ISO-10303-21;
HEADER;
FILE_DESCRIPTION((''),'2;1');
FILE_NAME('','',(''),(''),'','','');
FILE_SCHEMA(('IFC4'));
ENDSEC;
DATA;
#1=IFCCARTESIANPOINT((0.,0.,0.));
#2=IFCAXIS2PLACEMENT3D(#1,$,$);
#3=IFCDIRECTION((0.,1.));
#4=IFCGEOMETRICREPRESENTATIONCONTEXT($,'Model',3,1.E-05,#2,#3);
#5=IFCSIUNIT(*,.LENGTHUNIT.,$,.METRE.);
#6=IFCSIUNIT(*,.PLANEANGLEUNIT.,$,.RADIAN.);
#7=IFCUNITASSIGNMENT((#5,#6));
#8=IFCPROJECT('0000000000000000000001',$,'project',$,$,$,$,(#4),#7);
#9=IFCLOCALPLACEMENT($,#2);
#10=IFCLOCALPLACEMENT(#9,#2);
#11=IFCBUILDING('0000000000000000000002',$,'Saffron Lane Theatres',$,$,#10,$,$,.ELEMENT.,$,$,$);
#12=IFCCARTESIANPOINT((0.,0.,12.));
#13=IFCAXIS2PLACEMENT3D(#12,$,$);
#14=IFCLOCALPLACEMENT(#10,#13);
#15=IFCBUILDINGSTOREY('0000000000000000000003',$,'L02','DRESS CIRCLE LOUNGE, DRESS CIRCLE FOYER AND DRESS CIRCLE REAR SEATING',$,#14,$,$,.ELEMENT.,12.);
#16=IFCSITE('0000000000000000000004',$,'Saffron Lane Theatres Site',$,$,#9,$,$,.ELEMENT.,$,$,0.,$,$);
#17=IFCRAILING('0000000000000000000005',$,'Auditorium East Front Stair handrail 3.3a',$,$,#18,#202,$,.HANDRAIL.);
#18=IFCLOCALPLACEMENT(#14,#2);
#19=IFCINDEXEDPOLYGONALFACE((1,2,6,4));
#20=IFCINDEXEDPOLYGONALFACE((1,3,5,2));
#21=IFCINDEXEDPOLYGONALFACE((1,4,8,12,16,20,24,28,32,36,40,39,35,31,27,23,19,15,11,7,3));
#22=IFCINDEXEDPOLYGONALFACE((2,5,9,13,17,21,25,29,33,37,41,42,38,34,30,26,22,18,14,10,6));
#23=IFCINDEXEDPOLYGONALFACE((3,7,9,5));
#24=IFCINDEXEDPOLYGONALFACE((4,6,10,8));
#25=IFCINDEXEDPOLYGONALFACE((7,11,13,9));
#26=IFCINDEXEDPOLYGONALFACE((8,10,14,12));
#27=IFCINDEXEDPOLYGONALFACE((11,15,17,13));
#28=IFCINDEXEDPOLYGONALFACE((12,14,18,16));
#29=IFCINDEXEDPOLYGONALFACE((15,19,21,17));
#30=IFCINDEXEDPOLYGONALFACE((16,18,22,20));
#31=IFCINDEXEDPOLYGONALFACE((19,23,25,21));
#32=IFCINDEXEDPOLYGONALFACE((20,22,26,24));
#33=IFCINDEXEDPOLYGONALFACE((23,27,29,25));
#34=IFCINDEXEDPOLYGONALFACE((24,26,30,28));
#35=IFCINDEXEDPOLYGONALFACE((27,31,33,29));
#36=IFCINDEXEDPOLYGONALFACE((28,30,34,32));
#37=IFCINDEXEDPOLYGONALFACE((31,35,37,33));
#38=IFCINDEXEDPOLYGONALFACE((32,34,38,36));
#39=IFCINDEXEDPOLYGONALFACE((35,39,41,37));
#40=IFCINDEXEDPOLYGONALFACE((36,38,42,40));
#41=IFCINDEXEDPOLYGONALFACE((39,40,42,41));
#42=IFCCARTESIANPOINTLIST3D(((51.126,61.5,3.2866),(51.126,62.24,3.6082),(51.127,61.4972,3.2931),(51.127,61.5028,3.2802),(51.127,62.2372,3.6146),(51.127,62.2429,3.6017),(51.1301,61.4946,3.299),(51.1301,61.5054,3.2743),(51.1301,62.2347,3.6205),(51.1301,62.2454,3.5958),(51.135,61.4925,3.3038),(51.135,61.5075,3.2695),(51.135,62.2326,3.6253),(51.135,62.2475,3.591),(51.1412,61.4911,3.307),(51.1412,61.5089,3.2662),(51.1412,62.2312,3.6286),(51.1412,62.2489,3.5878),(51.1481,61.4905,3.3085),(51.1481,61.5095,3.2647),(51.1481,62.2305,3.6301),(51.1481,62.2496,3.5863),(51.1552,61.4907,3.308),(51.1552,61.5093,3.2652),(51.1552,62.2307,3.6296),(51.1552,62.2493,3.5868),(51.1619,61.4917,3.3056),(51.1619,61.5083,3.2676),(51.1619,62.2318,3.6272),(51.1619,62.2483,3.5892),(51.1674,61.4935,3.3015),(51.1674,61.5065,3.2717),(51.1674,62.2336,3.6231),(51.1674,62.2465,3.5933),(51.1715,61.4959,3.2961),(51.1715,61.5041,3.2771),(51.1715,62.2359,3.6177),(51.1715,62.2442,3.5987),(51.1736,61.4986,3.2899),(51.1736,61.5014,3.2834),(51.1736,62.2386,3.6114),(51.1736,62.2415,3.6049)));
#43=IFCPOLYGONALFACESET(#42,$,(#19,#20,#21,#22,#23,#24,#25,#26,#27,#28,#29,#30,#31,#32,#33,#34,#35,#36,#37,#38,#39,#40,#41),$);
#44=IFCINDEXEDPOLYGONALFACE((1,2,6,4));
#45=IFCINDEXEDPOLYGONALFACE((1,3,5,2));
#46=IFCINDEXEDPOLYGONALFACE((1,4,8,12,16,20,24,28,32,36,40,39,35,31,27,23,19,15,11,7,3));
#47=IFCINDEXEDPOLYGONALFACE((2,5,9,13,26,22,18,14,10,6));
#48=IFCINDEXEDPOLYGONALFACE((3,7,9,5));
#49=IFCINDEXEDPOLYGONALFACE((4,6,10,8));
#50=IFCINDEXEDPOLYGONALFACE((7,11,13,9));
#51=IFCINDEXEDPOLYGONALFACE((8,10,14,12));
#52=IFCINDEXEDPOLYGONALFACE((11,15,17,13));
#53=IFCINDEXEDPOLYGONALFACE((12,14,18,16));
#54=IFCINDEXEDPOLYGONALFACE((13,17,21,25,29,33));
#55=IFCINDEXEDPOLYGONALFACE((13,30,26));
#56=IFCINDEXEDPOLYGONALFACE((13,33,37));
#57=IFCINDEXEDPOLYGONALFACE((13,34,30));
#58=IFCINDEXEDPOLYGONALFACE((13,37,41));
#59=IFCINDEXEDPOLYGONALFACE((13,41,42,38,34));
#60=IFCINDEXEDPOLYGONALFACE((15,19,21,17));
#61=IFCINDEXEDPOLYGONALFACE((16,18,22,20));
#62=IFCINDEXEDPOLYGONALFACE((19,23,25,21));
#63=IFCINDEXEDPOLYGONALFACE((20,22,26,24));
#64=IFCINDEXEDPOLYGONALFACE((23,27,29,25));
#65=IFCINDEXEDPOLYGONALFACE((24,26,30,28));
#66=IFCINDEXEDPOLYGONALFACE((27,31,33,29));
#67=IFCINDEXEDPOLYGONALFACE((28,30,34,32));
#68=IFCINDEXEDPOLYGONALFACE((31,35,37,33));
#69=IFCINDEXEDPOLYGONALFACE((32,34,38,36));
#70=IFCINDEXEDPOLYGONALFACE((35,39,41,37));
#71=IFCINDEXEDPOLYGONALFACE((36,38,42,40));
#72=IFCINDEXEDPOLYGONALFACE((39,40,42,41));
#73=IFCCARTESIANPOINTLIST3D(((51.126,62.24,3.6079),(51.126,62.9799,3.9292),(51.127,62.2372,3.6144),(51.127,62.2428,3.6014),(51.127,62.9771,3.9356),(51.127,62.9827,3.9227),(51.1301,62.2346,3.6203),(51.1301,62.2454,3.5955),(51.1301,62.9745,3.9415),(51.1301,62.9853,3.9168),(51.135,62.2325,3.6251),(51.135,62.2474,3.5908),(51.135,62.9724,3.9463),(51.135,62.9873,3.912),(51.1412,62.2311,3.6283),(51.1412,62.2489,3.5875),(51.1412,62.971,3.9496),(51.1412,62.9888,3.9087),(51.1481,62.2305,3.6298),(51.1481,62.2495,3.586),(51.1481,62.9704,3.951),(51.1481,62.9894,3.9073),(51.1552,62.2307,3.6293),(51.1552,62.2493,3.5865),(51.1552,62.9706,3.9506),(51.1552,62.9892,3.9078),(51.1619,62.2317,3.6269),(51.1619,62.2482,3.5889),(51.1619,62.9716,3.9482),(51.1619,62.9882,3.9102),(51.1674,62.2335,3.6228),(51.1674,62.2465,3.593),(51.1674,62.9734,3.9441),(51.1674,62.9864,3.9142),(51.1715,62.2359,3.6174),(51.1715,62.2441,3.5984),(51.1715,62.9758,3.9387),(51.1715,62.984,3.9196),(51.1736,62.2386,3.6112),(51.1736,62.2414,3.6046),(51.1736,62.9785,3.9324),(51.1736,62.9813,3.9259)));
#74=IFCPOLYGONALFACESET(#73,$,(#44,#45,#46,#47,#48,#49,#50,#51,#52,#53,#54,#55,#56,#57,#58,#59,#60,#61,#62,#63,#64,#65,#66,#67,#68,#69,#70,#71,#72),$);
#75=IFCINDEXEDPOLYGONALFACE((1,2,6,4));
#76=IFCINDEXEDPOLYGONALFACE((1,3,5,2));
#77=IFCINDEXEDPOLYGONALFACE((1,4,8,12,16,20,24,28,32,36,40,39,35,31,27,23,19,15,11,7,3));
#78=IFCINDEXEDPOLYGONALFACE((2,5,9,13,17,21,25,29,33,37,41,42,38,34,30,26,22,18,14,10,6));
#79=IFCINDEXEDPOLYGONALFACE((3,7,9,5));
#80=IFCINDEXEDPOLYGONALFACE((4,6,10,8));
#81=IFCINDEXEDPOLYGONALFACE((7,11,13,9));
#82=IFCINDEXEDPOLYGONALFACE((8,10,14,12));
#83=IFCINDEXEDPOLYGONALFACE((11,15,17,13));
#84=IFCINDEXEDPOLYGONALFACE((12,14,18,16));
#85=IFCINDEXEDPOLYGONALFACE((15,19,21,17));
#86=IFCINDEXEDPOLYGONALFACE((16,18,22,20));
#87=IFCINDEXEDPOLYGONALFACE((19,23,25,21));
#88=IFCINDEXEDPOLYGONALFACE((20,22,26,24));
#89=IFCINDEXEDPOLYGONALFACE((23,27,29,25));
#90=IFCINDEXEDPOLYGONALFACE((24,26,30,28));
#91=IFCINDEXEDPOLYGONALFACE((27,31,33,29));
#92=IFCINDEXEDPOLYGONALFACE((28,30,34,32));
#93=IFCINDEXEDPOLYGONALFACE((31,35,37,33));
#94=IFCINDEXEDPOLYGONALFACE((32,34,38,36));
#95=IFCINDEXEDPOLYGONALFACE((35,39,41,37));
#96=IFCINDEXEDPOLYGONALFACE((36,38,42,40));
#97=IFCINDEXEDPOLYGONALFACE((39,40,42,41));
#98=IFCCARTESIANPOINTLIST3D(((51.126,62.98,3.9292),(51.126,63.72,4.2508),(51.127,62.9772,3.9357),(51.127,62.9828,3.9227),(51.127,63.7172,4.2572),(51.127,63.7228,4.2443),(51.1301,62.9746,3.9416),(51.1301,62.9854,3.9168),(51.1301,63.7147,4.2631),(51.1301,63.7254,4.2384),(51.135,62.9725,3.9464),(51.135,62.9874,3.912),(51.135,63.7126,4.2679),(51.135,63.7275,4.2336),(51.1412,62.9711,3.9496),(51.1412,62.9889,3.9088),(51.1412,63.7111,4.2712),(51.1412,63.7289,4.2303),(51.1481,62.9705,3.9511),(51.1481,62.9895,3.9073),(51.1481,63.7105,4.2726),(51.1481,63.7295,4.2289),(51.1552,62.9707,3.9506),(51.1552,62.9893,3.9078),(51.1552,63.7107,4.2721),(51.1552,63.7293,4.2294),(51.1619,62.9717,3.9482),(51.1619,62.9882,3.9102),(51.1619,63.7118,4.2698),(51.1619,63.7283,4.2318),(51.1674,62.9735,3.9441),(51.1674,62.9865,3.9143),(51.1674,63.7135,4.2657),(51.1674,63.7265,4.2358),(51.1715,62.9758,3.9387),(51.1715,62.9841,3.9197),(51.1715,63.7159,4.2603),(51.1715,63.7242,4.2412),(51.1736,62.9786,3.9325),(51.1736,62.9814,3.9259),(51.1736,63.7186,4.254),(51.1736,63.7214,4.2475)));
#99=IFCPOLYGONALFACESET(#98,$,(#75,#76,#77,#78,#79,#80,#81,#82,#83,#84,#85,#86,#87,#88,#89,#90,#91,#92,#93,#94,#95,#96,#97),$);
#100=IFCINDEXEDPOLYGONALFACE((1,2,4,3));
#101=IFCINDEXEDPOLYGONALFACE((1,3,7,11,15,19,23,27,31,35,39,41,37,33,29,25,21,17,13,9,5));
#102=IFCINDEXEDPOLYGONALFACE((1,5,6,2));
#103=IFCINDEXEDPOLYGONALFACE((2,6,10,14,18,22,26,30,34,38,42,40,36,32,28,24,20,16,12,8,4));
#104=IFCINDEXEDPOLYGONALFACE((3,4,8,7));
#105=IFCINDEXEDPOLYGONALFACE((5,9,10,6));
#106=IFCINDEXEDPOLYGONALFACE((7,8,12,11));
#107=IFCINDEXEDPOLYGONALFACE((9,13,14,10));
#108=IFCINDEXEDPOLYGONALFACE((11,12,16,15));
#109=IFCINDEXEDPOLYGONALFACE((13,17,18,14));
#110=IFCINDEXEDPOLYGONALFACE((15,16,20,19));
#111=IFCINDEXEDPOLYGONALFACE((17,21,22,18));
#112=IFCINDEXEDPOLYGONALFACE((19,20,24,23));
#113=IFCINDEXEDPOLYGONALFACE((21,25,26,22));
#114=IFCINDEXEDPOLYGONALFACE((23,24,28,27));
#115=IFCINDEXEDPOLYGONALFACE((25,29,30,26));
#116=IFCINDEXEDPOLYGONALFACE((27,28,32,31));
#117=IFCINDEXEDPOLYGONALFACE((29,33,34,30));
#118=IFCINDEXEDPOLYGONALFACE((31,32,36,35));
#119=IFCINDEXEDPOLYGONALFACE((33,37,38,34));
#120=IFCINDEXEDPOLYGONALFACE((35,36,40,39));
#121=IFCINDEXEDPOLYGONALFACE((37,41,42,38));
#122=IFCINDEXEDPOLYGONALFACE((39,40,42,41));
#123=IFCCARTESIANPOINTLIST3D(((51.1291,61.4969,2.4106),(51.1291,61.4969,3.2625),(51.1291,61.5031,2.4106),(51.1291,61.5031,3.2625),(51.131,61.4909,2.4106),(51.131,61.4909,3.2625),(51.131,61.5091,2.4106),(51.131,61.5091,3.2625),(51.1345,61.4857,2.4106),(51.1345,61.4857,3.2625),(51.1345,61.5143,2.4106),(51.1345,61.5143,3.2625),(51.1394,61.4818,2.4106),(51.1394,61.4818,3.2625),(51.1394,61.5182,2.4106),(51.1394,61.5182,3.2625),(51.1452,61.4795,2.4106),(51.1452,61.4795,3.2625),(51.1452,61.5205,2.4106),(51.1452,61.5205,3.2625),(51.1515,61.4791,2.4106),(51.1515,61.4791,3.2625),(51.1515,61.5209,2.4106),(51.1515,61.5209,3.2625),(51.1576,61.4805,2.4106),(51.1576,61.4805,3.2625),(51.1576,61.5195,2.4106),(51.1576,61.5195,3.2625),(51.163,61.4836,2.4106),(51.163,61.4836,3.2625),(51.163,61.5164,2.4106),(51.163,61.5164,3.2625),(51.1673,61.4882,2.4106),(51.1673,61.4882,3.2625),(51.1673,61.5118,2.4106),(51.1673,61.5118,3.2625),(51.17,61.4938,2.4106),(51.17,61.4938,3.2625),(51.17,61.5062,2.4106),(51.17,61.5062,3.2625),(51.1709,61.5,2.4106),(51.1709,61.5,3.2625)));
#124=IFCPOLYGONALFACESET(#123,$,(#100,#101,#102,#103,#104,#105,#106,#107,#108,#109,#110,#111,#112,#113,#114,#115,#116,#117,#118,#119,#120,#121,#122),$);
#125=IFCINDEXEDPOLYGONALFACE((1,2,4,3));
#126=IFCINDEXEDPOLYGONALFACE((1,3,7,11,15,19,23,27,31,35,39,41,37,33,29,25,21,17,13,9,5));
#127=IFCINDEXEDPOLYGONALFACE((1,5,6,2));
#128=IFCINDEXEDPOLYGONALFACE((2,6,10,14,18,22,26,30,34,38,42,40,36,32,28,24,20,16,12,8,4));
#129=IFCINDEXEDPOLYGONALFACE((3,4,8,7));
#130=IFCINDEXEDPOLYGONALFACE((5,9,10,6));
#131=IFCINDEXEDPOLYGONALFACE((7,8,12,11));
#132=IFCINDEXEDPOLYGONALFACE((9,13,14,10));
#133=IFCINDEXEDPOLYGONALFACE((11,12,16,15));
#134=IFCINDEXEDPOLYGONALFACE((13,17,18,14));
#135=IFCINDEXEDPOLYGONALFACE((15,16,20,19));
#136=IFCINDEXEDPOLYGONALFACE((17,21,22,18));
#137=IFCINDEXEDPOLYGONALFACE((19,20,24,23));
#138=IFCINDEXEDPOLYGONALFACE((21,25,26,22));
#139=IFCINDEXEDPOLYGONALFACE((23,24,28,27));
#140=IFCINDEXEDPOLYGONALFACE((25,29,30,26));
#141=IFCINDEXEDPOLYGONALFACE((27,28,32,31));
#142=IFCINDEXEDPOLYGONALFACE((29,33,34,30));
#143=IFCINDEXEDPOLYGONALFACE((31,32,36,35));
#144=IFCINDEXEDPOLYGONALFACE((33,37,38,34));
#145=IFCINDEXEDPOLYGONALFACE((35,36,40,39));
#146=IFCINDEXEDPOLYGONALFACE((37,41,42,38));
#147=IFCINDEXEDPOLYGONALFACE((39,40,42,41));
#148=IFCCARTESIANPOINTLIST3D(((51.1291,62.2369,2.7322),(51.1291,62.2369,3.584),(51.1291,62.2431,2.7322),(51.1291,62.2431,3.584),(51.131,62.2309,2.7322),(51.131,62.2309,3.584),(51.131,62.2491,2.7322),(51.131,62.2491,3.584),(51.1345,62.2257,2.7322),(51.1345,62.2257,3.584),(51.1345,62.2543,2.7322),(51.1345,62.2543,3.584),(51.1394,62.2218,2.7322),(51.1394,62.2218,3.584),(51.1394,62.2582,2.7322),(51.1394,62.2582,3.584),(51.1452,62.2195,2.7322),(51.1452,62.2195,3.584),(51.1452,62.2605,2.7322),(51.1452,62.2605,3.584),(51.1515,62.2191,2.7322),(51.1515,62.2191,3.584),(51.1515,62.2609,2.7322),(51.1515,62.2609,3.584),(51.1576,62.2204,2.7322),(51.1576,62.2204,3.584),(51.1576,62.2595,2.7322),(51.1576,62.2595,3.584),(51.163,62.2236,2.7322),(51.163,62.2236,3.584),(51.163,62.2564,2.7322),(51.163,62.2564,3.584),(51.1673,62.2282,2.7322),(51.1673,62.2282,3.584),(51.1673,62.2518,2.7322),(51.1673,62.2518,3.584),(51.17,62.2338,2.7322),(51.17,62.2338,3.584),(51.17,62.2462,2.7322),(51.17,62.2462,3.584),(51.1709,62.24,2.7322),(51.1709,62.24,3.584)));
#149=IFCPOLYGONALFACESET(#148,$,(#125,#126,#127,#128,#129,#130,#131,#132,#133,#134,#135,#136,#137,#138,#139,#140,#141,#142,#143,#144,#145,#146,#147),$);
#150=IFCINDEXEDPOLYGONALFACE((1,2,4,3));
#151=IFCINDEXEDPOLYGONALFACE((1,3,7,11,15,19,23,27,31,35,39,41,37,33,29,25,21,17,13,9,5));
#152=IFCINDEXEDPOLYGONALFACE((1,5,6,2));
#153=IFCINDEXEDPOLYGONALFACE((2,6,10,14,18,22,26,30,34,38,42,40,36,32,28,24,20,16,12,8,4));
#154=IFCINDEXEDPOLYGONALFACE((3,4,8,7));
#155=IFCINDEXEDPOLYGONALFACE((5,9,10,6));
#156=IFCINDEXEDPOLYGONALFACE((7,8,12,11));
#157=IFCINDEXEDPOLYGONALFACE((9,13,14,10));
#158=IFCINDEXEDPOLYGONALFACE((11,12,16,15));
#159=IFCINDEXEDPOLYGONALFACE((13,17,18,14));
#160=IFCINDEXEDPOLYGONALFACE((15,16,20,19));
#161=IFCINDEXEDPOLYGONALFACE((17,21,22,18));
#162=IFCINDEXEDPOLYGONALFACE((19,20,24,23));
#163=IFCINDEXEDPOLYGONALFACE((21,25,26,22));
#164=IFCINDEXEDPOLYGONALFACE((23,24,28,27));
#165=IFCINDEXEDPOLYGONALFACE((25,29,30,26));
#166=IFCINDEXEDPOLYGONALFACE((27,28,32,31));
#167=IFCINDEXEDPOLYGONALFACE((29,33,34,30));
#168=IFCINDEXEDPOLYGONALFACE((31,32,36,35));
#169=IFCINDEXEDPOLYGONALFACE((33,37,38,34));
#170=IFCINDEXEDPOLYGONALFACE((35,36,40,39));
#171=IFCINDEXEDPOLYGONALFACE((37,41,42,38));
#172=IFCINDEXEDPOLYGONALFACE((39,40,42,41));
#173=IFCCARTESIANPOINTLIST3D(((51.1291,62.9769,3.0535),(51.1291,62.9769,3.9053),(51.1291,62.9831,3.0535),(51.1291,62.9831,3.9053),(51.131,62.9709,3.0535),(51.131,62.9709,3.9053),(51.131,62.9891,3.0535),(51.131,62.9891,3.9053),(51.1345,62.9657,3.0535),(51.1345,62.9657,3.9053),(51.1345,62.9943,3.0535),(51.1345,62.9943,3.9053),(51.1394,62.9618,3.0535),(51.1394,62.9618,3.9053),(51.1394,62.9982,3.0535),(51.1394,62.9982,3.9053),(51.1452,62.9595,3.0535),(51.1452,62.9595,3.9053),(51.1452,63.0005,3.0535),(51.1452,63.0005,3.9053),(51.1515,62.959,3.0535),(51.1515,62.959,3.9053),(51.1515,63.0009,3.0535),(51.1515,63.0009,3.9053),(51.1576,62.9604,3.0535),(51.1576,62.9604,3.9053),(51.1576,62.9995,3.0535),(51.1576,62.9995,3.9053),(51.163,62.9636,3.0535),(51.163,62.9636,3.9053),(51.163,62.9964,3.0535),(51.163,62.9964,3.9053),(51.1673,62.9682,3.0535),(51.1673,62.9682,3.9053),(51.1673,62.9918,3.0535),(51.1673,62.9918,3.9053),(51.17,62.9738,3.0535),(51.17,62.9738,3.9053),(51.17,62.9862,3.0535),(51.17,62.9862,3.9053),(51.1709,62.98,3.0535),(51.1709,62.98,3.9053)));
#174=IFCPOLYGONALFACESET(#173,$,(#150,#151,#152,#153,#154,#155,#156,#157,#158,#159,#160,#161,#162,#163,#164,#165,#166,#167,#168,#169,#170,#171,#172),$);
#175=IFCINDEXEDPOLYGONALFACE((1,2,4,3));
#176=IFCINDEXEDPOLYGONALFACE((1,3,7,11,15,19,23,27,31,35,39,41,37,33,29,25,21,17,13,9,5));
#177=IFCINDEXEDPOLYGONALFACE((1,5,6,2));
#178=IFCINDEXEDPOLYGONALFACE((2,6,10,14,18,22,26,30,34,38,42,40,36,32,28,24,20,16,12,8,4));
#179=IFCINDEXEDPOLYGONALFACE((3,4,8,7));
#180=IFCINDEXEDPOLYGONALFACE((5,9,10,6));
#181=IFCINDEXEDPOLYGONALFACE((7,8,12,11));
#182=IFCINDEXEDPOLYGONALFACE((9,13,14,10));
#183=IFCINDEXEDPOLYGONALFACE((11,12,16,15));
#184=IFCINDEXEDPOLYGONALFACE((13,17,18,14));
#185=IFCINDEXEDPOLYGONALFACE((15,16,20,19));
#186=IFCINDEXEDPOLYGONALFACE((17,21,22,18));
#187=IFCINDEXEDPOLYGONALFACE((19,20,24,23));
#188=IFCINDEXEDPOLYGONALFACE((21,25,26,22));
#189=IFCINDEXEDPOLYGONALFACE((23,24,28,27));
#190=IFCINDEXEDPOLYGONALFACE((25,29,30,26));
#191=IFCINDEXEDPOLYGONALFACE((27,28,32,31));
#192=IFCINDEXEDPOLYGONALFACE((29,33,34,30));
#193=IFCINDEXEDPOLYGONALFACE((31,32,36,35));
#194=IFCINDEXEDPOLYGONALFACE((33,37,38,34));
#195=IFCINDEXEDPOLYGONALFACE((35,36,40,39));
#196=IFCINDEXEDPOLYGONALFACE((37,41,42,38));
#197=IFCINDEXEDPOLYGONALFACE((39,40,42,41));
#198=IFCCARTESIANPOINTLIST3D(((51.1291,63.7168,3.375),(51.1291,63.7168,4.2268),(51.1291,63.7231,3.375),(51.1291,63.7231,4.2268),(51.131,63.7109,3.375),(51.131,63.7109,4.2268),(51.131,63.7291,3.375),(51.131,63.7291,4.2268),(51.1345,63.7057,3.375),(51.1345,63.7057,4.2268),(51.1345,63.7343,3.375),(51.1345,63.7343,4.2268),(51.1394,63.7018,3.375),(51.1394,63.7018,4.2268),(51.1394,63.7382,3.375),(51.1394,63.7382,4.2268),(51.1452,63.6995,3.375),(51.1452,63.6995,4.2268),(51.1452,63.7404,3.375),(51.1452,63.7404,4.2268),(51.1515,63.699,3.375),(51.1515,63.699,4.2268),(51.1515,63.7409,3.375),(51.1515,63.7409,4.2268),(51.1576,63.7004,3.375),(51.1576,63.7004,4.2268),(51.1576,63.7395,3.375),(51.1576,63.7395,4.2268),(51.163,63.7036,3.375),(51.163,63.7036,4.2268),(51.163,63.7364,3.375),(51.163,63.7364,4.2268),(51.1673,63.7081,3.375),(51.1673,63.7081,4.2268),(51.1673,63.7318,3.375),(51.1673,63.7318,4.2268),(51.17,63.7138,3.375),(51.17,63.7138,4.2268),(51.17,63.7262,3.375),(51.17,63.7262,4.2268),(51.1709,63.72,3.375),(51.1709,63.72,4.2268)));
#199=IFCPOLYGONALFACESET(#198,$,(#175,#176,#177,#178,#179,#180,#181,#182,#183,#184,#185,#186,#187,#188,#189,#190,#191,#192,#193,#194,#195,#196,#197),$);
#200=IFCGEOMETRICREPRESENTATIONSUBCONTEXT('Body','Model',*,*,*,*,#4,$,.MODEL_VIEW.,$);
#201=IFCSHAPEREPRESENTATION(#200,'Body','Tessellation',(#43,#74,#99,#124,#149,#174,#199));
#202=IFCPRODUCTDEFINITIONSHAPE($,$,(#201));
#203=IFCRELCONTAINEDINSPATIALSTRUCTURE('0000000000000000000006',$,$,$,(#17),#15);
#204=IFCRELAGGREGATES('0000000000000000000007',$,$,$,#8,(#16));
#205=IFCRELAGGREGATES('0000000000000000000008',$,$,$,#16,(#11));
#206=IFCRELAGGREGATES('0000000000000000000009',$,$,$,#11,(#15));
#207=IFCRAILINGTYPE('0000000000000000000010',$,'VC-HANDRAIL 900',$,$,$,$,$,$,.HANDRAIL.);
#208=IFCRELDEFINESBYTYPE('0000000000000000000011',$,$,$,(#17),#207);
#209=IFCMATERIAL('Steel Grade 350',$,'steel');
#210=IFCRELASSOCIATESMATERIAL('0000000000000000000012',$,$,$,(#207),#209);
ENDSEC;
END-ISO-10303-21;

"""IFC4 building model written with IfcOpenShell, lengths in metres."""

from ifc_helpers import new_model, si_unit, direction, frame, origin, origin_2d, place, context, subcontext, project, spatial, circle, extrude, material, type_object, element, save


model = new_model("IFC4")

# Units and contexts
model_context = context("Model", 3, precision=1e-05, world=origin(), true_north=direction((0.0, 1.0)))
body_context = subcontext(model_context, "Body", "Model", "MODEL_VIEW")
ifc_project = project(units=[si_unit("LENGTHUNIT", "METRE"), si_unit("PLANEANGLEUNIT", "RADIAN")], contexts=[model_context])

# Site, building, storey
site_placement = place(None, origin())
site = spatial("IfcSite", under=ifc_project, at=site_placement, Name="Saffron Lane Theatres Site", CompositionType="ELEMENT", RefElevation=0.0)
building_placement = place(site_placement, origin())
building = spatial("IfcBuilding", under=site, at=building_placement, Name="Saffron Lane Theatres", CompositionType="ELEMENT")
storey_placement = place(building_placement, frame((0.0, 0.0, 12.0)))
storey = spatial("IfcBuildingStorey", under=building, at=storey_placement, Name="L02", Description="DRESS CIRCLE LOUNGE, DRESS CIRCLE FOYER AND DRESS CIRCLE REAR SEATING", CompositionType="ELEMENT", Elevation=12.0)

# Railing
ifc_material_1 = material(Name="Steel Grade 350", Category="steel")
railing_type_1 = type_object("IfcRailingType", Name="VC-HANDRAIL 900", PredefinedType="HANDRAIL", material=ifc_material_1)
for number, where, name in (
    (1, (51.1499, 61.5, 2.4106), "Auditorium East Front Stair handrail 3.3a"),
):
    element("IfcRailing", number, at=place(storey_placement, frame(where)), inside=storey, type_object=railing_type_1, Name=name, PredefinedType="HANDRAIL", context=body_context, shape_type="SweptSolid", body=[
        extrude(circle(Radius=0.0239, at=origin_2d()), frame((0.0, 0.0, 0.876), z_axis=(0.0, 0.917161, 0.398516), x_axis=(-1.0, 0.0, 0.0)), (0.0, 0.0, 1.0), 0.8069),
        extrude(circle(Radius=0.0239, at=origin_2d()), frame((0.0, 0.74, 1.1973), z_axis=(0.0, 0.917272, 0.398261), x_axis=(-1.0, 0.0, 0.0)), (0.0, 0.0, 1.0), 0.8066),
        extrude(circle(Radius=0.0239, at=origin_2d()), frame((0.0, 1.48, 1.5186), z_axis=(0.0, 0.917161, 0.398516), x_axis=(-1.0, 0.0, 0.0)), (0.0, 0.0, 1.0), 0.8069),
        extrude(circle(Radius=0.021, at=origin_2d()), origin(), (0.0, 0.0, 1.0), 0.8518),
        extrude(circle(Radius=0.021, at=origin_2d()), frame((0.0, 0.74, 0.3215)), (0.0, 0.0, 1.0), 0.8518),
        extrude(circle(Radius=0.021, at=origin_2d()), frame((0.0, 1.48, 0.6428)), (0.0, 0.0, 1.0), 0.8518),
        extrude(circle(Radius=0.021, at=origin_2d()), frame((0.0, 2.22, 0.9644)), (0.0, 0.0, 1.0), 0.8518),
    ])

save(model, "model.ifc")
